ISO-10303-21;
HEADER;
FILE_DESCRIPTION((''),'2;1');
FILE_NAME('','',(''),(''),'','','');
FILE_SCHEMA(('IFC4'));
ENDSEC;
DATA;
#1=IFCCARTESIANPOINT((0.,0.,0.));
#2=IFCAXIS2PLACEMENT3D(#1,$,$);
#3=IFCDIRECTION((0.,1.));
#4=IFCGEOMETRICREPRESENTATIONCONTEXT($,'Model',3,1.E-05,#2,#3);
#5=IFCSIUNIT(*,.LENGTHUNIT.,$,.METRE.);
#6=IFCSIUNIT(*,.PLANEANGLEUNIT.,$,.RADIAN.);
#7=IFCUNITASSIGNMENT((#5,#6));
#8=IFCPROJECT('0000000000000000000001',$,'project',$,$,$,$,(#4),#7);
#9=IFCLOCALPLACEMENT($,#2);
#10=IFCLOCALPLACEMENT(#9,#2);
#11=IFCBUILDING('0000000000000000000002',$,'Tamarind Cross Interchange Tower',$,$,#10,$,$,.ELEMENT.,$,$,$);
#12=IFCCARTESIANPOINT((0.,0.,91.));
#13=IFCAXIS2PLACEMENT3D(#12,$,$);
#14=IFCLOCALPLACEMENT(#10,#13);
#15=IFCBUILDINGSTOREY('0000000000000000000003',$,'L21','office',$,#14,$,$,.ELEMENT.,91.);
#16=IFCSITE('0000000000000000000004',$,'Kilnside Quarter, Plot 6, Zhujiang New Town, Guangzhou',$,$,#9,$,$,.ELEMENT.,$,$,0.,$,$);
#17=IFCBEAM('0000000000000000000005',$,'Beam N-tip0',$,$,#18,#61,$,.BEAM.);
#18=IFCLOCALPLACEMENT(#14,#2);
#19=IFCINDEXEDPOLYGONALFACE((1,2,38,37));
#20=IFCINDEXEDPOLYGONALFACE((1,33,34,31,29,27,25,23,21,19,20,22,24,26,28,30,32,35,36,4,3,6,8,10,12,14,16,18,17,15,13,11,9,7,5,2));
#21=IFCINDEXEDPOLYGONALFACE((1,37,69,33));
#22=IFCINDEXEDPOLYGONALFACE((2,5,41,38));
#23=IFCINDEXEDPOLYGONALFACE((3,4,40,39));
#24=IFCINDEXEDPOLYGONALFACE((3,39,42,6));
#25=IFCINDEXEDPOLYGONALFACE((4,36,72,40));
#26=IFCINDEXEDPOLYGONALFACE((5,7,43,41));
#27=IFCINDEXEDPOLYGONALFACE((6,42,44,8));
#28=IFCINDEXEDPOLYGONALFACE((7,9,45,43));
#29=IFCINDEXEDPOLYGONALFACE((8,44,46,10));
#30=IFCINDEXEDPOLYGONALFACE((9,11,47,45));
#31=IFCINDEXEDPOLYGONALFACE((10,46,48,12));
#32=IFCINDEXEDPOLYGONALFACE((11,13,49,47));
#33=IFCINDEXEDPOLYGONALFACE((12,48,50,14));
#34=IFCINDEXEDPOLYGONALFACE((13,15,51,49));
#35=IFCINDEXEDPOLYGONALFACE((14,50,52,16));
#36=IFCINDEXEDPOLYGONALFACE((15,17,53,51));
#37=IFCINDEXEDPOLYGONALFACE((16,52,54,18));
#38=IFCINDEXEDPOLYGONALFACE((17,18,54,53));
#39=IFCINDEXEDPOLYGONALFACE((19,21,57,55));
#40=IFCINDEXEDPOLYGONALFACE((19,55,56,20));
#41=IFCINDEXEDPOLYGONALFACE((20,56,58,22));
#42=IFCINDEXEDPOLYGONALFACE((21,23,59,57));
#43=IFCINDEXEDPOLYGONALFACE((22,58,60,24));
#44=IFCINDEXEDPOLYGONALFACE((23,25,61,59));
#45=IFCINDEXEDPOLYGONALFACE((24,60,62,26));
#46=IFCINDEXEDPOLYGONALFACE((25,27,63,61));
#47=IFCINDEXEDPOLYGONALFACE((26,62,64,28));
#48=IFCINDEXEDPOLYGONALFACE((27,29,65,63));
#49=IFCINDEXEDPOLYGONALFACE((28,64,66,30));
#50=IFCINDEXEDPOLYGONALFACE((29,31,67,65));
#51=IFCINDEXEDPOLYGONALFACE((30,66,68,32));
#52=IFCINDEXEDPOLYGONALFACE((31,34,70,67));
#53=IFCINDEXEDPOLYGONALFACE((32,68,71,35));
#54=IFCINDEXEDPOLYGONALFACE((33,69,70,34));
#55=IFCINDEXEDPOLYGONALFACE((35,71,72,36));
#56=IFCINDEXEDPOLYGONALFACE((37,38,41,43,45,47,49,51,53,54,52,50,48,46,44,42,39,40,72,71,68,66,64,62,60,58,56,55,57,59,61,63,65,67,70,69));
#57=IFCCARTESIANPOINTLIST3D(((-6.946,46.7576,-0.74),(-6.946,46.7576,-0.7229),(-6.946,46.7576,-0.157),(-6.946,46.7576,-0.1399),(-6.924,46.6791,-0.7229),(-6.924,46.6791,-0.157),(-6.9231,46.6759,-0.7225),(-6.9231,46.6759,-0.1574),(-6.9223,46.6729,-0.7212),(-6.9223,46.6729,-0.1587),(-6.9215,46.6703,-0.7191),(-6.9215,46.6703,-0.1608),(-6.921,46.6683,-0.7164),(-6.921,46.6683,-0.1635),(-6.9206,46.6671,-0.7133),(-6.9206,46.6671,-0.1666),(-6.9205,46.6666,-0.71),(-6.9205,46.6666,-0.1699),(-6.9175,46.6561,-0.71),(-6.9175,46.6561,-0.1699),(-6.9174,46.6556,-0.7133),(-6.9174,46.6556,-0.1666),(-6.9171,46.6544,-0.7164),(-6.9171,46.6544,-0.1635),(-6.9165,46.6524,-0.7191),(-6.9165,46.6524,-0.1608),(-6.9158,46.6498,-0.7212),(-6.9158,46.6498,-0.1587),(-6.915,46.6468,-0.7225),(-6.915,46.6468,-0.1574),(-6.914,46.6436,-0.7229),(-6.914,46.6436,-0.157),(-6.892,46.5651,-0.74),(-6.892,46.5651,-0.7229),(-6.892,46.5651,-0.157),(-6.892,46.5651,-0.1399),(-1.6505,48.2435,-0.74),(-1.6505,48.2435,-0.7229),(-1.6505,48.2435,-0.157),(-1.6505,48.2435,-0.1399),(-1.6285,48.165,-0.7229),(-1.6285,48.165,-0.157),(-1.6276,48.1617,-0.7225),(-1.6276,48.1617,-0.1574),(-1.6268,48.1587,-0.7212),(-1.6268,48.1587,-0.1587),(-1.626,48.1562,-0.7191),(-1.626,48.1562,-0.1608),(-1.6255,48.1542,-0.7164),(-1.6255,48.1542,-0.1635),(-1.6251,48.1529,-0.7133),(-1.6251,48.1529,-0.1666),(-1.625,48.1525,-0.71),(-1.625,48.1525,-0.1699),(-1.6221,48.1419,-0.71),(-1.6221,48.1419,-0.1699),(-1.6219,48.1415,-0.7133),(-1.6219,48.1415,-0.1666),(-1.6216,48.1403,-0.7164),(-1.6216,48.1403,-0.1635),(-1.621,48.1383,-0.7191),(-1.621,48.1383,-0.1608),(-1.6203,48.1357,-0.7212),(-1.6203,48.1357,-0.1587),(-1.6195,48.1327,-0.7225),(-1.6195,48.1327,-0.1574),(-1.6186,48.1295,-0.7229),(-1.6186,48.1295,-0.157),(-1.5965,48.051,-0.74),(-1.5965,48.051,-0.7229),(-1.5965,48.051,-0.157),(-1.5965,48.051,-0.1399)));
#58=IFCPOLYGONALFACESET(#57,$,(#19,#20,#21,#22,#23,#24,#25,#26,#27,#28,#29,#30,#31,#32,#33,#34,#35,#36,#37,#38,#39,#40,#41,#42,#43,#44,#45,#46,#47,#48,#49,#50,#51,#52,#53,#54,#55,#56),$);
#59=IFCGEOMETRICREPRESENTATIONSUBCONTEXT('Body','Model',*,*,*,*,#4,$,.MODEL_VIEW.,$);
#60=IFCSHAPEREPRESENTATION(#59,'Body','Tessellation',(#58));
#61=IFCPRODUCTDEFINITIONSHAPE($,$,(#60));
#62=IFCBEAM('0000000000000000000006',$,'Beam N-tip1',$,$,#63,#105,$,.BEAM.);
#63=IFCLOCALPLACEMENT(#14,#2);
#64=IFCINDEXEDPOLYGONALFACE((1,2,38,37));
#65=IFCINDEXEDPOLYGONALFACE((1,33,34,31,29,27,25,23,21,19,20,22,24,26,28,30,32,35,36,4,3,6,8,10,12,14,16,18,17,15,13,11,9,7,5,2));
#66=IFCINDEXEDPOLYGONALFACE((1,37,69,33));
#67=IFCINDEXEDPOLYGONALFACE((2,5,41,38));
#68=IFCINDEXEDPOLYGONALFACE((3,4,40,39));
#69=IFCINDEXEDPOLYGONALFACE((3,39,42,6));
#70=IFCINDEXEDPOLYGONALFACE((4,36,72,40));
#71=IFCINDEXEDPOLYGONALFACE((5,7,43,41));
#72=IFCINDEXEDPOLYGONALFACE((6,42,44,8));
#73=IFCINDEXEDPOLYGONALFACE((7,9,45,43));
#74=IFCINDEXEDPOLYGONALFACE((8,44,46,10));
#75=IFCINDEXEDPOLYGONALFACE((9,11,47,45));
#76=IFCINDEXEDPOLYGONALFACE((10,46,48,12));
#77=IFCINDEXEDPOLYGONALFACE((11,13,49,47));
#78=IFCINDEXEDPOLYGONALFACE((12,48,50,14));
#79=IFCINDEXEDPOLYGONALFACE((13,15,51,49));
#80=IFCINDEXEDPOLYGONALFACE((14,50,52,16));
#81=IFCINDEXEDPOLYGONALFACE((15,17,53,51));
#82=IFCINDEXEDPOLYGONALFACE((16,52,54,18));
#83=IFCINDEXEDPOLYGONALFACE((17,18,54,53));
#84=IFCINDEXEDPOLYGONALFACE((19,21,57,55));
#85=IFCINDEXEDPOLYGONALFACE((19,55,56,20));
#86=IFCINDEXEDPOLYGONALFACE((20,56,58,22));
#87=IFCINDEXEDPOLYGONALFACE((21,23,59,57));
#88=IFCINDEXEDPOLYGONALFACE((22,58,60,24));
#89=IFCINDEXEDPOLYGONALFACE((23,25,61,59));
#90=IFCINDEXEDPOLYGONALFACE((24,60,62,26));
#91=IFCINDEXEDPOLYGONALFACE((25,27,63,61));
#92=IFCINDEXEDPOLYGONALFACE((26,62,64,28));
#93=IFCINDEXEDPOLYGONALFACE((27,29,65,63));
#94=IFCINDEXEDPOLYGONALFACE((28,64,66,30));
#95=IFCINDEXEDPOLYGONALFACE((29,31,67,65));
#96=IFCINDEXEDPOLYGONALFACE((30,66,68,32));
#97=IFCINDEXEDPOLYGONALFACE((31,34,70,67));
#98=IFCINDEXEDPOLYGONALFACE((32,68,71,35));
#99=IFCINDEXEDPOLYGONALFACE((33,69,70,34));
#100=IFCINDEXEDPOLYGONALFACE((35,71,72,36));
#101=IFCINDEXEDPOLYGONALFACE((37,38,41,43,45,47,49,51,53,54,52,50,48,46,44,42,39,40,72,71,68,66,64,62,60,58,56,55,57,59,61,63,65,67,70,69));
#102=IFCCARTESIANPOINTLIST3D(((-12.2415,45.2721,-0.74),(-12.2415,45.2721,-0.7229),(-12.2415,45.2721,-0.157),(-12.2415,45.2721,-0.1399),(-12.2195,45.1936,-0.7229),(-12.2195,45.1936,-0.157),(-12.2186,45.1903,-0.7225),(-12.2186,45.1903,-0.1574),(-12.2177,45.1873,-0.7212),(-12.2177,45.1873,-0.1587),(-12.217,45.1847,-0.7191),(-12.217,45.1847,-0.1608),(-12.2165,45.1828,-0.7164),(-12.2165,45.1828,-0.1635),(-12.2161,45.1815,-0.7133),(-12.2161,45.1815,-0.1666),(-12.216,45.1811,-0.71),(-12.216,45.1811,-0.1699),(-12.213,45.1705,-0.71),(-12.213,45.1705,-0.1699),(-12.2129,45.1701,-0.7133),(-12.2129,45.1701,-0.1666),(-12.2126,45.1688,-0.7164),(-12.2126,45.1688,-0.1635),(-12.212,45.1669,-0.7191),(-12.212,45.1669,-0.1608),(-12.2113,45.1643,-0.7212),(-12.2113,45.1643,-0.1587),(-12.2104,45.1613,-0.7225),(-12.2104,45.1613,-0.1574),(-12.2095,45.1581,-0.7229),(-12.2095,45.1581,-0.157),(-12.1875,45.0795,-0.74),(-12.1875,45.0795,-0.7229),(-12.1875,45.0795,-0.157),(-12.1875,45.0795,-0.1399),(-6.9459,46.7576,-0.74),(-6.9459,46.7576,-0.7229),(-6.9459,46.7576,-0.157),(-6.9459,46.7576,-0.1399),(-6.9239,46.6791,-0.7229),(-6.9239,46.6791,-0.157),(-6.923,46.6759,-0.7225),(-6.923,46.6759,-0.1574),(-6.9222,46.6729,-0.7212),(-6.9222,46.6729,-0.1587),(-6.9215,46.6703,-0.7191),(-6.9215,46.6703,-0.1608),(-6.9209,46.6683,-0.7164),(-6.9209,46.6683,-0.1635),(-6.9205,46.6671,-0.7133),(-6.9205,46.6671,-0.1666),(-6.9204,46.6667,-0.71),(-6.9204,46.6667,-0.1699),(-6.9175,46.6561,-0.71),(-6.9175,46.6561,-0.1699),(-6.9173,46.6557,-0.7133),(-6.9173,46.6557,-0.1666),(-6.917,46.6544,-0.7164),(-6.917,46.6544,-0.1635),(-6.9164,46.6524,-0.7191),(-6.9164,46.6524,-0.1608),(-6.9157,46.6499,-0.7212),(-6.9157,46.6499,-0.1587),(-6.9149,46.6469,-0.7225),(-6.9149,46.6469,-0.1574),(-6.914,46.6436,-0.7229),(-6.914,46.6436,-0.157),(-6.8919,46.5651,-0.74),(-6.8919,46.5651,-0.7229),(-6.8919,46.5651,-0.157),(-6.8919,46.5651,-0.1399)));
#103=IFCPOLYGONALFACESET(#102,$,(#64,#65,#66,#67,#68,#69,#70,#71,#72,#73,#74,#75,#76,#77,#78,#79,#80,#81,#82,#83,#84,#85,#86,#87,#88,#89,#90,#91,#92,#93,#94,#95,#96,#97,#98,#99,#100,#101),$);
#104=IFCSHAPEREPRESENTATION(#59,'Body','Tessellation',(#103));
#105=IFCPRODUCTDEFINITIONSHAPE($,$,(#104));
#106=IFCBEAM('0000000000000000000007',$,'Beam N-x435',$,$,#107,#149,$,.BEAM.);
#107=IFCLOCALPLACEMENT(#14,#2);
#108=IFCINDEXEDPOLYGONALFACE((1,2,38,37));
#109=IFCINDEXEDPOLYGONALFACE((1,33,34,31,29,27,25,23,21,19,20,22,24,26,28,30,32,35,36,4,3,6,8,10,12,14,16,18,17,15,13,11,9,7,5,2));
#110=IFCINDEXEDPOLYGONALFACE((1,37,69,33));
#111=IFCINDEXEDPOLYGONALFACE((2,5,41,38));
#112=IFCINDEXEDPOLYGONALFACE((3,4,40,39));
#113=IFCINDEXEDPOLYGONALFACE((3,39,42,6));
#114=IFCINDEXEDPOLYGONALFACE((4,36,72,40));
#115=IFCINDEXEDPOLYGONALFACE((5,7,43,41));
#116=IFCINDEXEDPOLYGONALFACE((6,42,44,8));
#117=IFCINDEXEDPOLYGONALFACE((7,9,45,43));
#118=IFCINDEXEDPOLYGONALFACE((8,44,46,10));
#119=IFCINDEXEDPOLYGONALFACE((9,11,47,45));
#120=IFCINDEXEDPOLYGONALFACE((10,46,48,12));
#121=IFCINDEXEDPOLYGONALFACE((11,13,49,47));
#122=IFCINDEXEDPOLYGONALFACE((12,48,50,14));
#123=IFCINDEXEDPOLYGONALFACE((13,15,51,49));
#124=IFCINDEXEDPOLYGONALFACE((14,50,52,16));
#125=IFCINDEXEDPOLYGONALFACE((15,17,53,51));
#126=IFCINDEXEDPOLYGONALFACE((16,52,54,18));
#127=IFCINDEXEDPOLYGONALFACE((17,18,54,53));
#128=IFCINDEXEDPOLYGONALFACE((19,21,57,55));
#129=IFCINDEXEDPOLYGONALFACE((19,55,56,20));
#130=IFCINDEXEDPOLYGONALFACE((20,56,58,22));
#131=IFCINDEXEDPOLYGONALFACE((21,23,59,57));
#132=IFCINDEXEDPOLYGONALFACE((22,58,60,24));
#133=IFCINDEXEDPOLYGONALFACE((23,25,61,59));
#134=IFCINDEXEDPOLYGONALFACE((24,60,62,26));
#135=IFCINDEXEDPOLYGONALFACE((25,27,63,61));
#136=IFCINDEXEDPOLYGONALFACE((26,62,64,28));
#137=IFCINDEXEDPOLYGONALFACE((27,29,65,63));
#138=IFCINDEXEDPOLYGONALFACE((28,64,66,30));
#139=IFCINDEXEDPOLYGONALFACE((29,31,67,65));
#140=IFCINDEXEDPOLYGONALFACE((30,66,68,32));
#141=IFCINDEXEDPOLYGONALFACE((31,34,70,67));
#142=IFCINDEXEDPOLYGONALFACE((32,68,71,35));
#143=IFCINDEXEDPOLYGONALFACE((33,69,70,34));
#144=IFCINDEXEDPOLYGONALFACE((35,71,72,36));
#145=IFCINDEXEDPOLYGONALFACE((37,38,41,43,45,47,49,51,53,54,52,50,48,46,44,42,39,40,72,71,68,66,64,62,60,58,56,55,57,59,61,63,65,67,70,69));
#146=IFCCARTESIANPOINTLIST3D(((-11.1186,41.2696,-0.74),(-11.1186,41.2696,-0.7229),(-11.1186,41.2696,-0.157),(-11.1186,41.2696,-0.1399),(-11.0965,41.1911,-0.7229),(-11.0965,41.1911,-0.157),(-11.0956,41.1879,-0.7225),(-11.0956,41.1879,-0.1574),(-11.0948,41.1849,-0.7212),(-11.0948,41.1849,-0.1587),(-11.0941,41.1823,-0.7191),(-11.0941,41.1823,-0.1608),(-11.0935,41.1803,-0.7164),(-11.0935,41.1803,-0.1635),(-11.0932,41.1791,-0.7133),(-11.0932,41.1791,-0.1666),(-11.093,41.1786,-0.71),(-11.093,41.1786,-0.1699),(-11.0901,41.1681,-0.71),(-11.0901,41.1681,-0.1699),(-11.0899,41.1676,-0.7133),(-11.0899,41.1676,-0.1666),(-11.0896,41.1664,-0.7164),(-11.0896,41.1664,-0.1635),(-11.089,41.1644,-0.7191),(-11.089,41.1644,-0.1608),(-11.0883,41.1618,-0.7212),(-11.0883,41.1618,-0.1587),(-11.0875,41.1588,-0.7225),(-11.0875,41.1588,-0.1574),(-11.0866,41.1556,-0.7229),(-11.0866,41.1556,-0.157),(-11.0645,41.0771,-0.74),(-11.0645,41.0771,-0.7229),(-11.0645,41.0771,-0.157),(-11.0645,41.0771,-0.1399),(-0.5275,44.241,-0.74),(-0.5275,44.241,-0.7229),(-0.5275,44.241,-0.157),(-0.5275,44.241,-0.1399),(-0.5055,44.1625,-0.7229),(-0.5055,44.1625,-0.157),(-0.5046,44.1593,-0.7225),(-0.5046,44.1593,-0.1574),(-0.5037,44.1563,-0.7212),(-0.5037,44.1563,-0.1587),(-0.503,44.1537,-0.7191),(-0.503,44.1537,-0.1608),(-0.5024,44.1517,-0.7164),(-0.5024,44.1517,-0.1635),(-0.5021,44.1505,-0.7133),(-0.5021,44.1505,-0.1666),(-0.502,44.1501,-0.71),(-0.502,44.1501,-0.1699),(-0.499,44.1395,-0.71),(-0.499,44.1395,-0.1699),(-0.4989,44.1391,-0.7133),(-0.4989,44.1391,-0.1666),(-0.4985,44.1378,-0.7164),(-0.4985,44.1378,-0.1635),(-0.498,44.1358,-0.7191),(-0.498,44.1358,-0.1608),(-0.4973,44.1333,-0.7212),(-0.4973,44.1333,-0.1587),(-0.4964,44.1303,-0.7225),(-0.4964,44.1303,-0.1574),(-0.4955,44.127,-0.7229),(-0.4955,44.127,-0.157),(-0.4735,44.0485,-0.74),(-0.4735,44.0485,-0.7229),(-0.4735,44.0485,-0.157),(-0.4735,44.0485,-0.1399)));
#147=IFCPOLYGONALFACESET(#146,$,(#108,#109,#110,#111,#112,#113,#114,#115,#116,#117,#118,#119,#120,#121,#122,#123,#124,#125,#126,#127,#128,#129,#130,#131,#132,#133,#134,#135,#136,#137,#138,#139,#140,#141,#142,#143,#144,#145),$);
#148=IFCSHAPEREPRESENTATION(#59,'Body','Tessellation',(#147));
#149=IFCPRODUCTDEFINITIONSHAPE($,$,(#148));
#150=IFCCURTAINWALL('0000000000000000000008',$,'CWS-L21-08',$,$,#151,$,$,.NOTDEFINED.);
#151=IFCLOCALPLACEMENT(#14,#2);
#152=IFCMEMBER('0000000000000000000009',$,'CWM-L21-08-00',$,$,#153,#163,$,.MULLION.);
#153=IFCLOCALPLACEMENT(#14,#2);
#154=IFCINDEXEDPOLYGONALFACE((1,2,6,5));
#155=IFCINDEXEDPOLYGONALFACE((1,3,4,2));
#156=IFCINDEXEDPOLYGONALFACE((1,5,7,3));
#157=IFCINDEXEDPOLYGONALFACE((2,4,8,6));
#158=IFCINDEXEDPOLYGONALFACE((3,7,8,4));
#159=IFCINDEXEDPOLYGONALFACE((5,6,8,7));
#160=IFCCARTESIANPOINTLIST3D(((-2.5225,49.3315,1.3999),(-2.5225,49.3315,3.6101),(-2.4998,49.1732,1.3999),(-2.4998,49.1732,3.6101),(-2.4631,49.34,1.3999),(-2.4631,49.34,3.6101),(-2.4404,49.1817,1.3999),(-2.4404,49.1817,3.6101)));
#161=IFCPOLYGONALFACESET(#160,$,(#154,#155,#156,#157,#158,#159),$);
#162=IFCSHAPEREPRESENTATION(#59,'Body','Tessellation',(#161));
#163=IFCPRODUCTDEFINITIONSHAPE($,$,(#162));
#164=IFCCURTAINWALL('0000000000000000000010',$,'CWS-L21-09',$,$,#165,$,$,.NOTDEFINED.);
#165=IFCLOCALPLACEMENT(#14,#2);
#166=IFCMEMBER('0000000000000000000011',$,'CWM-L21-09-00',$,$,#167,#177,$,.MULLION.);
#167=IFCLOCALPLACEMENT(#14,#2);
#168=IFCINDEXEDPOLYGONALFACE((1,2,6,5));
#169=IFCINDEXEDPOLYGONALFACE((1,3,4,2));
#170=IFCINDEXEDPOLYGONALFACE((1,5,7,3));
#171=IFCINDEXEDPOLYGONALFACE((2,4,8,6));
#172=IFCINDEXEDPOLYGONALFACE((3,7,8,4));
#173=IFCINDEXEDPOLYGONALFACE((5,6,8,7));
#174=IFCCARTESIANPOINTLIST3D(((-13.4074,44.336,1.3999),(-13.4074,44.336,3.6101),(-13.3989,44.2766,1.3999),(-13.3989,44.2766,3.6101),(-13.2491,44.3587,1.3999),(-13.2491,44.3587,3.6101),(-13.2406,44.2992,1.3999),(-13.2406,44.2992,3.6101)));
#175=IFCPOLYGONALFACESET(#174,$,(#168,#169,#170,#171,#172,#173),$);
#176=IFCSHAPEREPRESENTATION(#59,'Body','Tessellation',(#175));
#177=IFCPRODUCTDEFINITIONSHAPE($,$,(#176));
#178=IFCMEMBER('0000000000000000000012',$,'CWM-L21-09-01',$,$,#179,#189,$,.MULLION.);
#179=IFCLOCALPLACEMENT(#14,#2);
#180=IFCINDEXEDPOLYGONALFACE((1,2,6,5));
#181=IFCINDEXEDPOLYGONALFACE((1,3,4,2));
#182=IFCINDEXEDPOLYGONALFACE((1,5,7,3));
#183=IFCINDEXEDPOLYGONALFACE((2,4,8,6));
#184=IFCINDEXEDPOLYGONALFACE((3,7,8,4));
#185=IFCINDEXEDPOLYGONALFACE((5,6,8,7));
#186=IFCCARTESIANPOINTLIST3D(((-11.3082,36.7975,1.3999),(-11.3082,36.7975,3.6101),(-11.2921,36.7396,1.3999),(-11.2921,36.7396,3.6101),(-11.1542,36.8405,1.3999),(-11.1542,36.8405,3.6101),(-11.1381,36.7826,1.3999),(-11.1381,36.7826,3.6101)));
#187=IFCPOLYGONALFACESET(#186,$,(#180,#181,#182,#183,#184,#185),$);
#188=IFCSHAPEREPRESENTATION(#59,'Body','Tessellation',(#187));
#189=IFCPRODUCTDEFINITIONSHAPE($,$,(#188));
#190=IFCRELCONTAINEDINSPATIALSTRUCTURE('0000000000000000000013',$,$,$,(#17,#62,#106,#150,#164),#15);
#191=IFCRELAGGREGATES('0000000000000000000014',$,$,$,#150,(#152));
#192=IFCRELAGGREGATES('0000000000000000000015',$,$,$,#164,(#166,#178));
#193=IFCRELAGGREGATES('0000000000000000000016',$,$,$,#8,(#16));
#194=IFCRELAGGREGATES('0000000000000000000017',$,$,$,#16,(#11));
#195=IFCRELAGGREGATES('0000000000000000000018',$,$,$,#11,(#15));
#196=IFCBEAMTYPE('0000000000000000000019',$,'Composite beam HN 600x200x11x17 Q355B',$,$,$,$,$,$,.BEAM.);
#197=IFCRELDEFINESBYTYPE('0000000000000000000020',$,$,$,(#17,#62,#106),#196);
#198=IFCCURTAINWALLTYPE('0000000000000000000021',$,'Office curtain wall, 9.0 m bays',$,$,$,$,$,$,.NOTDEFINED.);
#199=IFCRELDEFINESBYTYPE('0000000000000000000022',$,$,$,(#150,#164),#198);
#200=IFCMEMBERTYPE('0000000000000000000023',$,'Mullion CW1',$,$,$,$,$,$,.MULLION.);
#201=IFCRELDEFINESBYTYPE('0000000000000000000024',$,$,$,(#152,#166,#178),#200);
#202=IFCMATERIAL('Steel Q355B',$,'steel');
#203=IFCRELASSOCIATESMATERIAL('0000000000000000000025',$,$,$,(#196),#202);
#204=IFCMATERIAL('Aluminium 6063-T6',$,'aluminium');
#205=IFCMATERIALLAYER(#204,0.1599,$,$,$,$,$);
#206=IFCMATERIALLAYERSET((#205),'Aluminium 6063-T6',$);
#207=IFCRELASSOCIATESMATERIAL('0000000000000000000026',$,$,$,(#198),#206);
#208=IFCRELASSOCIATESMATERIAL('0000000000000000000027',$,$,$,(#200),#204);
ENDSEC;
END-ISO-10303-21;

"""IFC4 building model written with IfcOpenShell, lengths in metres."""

from ifc_helpers import new_model, si_unit, direction, frame, origin, origin_2d, place, context, subcontext, project, spatial, rectangle, i_section, extrude, material, layer, layer_set, material_profile, profile_set, type_object, element, aggregate, save


model = new_model("IFC4")

# Units and contexts
model_context = context("Model", 3, precision=1e-05, world=origin(), true_north=direction((0.0, 1.0)))
body_context = subcontext(model_context, "Body", "Model", "MODEL_VIEW")
ifc_project = project(units=[si_unit("LENGTHUNIT", "METRE"), si_unit("PLANEANGLEUNIT", "RADIAN")], contexts=[model_context])

# Site, building, storey
site_placement = place(None, origin())
site = spatial("IfcSite", under=ifc_project, at=site_placement, Name="Kilnside Quarter, Plot 6, Zhujiang New Town, Guangzhou", CompositionType="ELEMENT", RefElevation=0.0)
building_placement = place(site_placement, origin())
building = spatial("IfcBuilding", under=site, at=building_placement, Name="Tamarind Cross Interchange Tower", CompositionType="ELEMENT")
storey_placement = place(building_placement, frame((0.0, 0.0, 91.0)))
storey = spatial("IfcBuildingStorey", under=building, at=storey_placement, Name="L21", Description="office", CompositionType="ELEMENT", Elevation=91.0)

# Beams
ifc_material_1 = material(Name="Steel Q355B", Category="steel")
ifc_material_profile_1 = material_profile(ifc_material_1, i_section(OverallWidth=0.2, OverallDepth=0.6001, WebThickness=0.011, FlangeThickness=0.0171, FilletRadius=0.0129, at=origin_2d()), Name="HN 600x200x11x17")
ifc_profile_set_1 = profile_set([ifc_material_profile_1], Name="Steel Q355B")
beam_type_1 = type_object("IfcBeamType", Name="Composite beam HN 600x200x11x17 Q355B", PredefinedType="BEAM", material=ifc_profile_set_1)
for number, where, z_axis, x_axis, name in (
    (1, (-1.6235, 48.1472, -0.4399), (-0.962816, -0.270157, 0.0), (0.270157, -0.962816, 0.0), "Beam N-tip0"),
    (2, (-6.9189, 46.6614, -0.4399), (-0.962831, -0.270104, 0.0), (0.270104, -0.962831, 0.0), "Beam N-tip1"),
):
    element("IfcBeam", number, at=place(storey_placement, frame(where, z_axis=z_axis, x_axis=x_axis)), inside=storey, type_object=beam_type_1, Name=name, PredefinedType="BEAM", context=body_context, shape_type="SweptSolid", body=[
        extrude(i_section(OverallWidth=0.2, OverallDepth=0.6001, WebThickness=0.011, FlangeThickness=0.0171, FilletRadius=0.0129, at=origin_2d()), origin(), (0.0, 0.0, 1.0), 5.5),
    ])
beam_1_placement = place(storey_placement, frame((-0.5005, 44.1448, -0.4399), z_axis=(-0.962824, -0.27013, 0.0), x_axis=(0.27013, -0.962824, 0.0)))
element("IfcBeam", 3, at=beam_1_placement, inside=storey, type_object=beam_type_1, Name="Beam N-x435", PredefinedType="BEAM", context=body_context, shape_type="SweptSolid", body=[
    extrude(i_section(OverallWidth=0.2, OverallDepth=0.6001, WebThickness=0.011, FlangeThickness=0.0171, FilletRadius=0.0129, at=origin_2d()), origin(), (0.0, 0.0, 1.0), 11.0),
])

# Curtain wall, member
ifc_material_2 = material(Name="Aluminium 6063-T6", Category="aluminium")
ifc_layer_1 = layer(ifc_material_2, 0.1599)
ifc_layer_set_1 = layer_set([ifc_layer_1], Name="Aluminium 6063-T6")
curtain_wall_type = type_object("IfcCurtainWallType", Name="Office curtain wall, 9.0 m bays", PredefinedType="NOTDEFINED", material=ifc_layer_set_1)
curtain_wall_1_placement = place(storey_placement, origin())
curtain_wall_1 = element("IfcCurtainWall", 4, at=curtain_wall_1_placement, inside=storey, type_object=curtain_wall_type, Name="CWS-L21-08", PredefinedType="NOTDEFINED")
ifc_material_profile_2 = material_profile(ifc_material_2, rectangle(XDim=0.0601, YDim=0.1599, at=origin_2d()), Name="Mullion CW1")
ifc_profile_set_2 = profile_set([ifc_material_profile_2], Name="Aluminium 6063-T6")
member_type = type_object("IfcMemberType", Name="Mullion CW1", PredefinedType="MULLION", material=ifc_profile_set_2)
member_1_placement = place(storey_placement, frame((-2.4814, 49.2566, 1.3999), z_axis=(0.0, 0.0, 1.0), x_axis=(-0.989846, -0.142145, 0.0)))
member_1 = element("IfcMember", 5, at=member_1_placement, type_object=member_type, Name="CWM-L21-08-00", PredefinedType="MULLION", context=body_context, shape_type="SweptSolid", body=[
    extrude(rectangle(XDim=0.0601, YDim=0.1599, at=origin_2d()), origin(), (0.0, 0.0, 1.0), 2.2102),
])
aggregate(curtain_wall_1, [member_1])

# Curtain wall, members
curtain_wall_2_placement = place(storey_placement, origin())
curtain_wall_2 = element("IfcCurtainWall", 6, at=curtain_wall_2_placement, inside=storey, type_object=curtain_wall_type, Name="CWS-L21-09", PredefinedType="NOTDEFINED")
member_2_placement = place(storey_placement, frame((-13.324, 44.3176, 1.3999), z_axis=(0.0, 0.0, 1.0), x_axis=(0.141477, -0.989941, 0.0)))
member_2 = element("IfcMember", 7, at=member_2_placement, type_object=member_type, Name="CWM-L21-09-00", PredefinedType="MULLION", context=body_context, shape_type="SweptSolid", body=[
    extrude(rectangle(XDim=0.0601, YDim=0.1599, at=origin_2d()), origin(), (0.0, 0.0, 1.0), 2.2102),
])
member_3_placement = place(storey_placement, frame((-11.2231, 36.79, 1.3999), z_axis=(0.0, 0.0, 1.0), x_axis=(0.268831, -0.963187, 0.0)))
member_3 = element("IfcMember", 8, at=member_3_placement, type_object=member_type, Name="CWM-L21-09-01", PredefinedType="MULLION", context=body_context, shape_type="SweptSolid", body=[
    extrude(rectangle(XDim=0.0601, YDim=0.1599, at=origin_2d()), origin(), (0.0, 0.0, 1.0), 2.2102),
])
aggregate(curtain_wall_2, [member_2, member_3])

save(model, "model.ifc")
